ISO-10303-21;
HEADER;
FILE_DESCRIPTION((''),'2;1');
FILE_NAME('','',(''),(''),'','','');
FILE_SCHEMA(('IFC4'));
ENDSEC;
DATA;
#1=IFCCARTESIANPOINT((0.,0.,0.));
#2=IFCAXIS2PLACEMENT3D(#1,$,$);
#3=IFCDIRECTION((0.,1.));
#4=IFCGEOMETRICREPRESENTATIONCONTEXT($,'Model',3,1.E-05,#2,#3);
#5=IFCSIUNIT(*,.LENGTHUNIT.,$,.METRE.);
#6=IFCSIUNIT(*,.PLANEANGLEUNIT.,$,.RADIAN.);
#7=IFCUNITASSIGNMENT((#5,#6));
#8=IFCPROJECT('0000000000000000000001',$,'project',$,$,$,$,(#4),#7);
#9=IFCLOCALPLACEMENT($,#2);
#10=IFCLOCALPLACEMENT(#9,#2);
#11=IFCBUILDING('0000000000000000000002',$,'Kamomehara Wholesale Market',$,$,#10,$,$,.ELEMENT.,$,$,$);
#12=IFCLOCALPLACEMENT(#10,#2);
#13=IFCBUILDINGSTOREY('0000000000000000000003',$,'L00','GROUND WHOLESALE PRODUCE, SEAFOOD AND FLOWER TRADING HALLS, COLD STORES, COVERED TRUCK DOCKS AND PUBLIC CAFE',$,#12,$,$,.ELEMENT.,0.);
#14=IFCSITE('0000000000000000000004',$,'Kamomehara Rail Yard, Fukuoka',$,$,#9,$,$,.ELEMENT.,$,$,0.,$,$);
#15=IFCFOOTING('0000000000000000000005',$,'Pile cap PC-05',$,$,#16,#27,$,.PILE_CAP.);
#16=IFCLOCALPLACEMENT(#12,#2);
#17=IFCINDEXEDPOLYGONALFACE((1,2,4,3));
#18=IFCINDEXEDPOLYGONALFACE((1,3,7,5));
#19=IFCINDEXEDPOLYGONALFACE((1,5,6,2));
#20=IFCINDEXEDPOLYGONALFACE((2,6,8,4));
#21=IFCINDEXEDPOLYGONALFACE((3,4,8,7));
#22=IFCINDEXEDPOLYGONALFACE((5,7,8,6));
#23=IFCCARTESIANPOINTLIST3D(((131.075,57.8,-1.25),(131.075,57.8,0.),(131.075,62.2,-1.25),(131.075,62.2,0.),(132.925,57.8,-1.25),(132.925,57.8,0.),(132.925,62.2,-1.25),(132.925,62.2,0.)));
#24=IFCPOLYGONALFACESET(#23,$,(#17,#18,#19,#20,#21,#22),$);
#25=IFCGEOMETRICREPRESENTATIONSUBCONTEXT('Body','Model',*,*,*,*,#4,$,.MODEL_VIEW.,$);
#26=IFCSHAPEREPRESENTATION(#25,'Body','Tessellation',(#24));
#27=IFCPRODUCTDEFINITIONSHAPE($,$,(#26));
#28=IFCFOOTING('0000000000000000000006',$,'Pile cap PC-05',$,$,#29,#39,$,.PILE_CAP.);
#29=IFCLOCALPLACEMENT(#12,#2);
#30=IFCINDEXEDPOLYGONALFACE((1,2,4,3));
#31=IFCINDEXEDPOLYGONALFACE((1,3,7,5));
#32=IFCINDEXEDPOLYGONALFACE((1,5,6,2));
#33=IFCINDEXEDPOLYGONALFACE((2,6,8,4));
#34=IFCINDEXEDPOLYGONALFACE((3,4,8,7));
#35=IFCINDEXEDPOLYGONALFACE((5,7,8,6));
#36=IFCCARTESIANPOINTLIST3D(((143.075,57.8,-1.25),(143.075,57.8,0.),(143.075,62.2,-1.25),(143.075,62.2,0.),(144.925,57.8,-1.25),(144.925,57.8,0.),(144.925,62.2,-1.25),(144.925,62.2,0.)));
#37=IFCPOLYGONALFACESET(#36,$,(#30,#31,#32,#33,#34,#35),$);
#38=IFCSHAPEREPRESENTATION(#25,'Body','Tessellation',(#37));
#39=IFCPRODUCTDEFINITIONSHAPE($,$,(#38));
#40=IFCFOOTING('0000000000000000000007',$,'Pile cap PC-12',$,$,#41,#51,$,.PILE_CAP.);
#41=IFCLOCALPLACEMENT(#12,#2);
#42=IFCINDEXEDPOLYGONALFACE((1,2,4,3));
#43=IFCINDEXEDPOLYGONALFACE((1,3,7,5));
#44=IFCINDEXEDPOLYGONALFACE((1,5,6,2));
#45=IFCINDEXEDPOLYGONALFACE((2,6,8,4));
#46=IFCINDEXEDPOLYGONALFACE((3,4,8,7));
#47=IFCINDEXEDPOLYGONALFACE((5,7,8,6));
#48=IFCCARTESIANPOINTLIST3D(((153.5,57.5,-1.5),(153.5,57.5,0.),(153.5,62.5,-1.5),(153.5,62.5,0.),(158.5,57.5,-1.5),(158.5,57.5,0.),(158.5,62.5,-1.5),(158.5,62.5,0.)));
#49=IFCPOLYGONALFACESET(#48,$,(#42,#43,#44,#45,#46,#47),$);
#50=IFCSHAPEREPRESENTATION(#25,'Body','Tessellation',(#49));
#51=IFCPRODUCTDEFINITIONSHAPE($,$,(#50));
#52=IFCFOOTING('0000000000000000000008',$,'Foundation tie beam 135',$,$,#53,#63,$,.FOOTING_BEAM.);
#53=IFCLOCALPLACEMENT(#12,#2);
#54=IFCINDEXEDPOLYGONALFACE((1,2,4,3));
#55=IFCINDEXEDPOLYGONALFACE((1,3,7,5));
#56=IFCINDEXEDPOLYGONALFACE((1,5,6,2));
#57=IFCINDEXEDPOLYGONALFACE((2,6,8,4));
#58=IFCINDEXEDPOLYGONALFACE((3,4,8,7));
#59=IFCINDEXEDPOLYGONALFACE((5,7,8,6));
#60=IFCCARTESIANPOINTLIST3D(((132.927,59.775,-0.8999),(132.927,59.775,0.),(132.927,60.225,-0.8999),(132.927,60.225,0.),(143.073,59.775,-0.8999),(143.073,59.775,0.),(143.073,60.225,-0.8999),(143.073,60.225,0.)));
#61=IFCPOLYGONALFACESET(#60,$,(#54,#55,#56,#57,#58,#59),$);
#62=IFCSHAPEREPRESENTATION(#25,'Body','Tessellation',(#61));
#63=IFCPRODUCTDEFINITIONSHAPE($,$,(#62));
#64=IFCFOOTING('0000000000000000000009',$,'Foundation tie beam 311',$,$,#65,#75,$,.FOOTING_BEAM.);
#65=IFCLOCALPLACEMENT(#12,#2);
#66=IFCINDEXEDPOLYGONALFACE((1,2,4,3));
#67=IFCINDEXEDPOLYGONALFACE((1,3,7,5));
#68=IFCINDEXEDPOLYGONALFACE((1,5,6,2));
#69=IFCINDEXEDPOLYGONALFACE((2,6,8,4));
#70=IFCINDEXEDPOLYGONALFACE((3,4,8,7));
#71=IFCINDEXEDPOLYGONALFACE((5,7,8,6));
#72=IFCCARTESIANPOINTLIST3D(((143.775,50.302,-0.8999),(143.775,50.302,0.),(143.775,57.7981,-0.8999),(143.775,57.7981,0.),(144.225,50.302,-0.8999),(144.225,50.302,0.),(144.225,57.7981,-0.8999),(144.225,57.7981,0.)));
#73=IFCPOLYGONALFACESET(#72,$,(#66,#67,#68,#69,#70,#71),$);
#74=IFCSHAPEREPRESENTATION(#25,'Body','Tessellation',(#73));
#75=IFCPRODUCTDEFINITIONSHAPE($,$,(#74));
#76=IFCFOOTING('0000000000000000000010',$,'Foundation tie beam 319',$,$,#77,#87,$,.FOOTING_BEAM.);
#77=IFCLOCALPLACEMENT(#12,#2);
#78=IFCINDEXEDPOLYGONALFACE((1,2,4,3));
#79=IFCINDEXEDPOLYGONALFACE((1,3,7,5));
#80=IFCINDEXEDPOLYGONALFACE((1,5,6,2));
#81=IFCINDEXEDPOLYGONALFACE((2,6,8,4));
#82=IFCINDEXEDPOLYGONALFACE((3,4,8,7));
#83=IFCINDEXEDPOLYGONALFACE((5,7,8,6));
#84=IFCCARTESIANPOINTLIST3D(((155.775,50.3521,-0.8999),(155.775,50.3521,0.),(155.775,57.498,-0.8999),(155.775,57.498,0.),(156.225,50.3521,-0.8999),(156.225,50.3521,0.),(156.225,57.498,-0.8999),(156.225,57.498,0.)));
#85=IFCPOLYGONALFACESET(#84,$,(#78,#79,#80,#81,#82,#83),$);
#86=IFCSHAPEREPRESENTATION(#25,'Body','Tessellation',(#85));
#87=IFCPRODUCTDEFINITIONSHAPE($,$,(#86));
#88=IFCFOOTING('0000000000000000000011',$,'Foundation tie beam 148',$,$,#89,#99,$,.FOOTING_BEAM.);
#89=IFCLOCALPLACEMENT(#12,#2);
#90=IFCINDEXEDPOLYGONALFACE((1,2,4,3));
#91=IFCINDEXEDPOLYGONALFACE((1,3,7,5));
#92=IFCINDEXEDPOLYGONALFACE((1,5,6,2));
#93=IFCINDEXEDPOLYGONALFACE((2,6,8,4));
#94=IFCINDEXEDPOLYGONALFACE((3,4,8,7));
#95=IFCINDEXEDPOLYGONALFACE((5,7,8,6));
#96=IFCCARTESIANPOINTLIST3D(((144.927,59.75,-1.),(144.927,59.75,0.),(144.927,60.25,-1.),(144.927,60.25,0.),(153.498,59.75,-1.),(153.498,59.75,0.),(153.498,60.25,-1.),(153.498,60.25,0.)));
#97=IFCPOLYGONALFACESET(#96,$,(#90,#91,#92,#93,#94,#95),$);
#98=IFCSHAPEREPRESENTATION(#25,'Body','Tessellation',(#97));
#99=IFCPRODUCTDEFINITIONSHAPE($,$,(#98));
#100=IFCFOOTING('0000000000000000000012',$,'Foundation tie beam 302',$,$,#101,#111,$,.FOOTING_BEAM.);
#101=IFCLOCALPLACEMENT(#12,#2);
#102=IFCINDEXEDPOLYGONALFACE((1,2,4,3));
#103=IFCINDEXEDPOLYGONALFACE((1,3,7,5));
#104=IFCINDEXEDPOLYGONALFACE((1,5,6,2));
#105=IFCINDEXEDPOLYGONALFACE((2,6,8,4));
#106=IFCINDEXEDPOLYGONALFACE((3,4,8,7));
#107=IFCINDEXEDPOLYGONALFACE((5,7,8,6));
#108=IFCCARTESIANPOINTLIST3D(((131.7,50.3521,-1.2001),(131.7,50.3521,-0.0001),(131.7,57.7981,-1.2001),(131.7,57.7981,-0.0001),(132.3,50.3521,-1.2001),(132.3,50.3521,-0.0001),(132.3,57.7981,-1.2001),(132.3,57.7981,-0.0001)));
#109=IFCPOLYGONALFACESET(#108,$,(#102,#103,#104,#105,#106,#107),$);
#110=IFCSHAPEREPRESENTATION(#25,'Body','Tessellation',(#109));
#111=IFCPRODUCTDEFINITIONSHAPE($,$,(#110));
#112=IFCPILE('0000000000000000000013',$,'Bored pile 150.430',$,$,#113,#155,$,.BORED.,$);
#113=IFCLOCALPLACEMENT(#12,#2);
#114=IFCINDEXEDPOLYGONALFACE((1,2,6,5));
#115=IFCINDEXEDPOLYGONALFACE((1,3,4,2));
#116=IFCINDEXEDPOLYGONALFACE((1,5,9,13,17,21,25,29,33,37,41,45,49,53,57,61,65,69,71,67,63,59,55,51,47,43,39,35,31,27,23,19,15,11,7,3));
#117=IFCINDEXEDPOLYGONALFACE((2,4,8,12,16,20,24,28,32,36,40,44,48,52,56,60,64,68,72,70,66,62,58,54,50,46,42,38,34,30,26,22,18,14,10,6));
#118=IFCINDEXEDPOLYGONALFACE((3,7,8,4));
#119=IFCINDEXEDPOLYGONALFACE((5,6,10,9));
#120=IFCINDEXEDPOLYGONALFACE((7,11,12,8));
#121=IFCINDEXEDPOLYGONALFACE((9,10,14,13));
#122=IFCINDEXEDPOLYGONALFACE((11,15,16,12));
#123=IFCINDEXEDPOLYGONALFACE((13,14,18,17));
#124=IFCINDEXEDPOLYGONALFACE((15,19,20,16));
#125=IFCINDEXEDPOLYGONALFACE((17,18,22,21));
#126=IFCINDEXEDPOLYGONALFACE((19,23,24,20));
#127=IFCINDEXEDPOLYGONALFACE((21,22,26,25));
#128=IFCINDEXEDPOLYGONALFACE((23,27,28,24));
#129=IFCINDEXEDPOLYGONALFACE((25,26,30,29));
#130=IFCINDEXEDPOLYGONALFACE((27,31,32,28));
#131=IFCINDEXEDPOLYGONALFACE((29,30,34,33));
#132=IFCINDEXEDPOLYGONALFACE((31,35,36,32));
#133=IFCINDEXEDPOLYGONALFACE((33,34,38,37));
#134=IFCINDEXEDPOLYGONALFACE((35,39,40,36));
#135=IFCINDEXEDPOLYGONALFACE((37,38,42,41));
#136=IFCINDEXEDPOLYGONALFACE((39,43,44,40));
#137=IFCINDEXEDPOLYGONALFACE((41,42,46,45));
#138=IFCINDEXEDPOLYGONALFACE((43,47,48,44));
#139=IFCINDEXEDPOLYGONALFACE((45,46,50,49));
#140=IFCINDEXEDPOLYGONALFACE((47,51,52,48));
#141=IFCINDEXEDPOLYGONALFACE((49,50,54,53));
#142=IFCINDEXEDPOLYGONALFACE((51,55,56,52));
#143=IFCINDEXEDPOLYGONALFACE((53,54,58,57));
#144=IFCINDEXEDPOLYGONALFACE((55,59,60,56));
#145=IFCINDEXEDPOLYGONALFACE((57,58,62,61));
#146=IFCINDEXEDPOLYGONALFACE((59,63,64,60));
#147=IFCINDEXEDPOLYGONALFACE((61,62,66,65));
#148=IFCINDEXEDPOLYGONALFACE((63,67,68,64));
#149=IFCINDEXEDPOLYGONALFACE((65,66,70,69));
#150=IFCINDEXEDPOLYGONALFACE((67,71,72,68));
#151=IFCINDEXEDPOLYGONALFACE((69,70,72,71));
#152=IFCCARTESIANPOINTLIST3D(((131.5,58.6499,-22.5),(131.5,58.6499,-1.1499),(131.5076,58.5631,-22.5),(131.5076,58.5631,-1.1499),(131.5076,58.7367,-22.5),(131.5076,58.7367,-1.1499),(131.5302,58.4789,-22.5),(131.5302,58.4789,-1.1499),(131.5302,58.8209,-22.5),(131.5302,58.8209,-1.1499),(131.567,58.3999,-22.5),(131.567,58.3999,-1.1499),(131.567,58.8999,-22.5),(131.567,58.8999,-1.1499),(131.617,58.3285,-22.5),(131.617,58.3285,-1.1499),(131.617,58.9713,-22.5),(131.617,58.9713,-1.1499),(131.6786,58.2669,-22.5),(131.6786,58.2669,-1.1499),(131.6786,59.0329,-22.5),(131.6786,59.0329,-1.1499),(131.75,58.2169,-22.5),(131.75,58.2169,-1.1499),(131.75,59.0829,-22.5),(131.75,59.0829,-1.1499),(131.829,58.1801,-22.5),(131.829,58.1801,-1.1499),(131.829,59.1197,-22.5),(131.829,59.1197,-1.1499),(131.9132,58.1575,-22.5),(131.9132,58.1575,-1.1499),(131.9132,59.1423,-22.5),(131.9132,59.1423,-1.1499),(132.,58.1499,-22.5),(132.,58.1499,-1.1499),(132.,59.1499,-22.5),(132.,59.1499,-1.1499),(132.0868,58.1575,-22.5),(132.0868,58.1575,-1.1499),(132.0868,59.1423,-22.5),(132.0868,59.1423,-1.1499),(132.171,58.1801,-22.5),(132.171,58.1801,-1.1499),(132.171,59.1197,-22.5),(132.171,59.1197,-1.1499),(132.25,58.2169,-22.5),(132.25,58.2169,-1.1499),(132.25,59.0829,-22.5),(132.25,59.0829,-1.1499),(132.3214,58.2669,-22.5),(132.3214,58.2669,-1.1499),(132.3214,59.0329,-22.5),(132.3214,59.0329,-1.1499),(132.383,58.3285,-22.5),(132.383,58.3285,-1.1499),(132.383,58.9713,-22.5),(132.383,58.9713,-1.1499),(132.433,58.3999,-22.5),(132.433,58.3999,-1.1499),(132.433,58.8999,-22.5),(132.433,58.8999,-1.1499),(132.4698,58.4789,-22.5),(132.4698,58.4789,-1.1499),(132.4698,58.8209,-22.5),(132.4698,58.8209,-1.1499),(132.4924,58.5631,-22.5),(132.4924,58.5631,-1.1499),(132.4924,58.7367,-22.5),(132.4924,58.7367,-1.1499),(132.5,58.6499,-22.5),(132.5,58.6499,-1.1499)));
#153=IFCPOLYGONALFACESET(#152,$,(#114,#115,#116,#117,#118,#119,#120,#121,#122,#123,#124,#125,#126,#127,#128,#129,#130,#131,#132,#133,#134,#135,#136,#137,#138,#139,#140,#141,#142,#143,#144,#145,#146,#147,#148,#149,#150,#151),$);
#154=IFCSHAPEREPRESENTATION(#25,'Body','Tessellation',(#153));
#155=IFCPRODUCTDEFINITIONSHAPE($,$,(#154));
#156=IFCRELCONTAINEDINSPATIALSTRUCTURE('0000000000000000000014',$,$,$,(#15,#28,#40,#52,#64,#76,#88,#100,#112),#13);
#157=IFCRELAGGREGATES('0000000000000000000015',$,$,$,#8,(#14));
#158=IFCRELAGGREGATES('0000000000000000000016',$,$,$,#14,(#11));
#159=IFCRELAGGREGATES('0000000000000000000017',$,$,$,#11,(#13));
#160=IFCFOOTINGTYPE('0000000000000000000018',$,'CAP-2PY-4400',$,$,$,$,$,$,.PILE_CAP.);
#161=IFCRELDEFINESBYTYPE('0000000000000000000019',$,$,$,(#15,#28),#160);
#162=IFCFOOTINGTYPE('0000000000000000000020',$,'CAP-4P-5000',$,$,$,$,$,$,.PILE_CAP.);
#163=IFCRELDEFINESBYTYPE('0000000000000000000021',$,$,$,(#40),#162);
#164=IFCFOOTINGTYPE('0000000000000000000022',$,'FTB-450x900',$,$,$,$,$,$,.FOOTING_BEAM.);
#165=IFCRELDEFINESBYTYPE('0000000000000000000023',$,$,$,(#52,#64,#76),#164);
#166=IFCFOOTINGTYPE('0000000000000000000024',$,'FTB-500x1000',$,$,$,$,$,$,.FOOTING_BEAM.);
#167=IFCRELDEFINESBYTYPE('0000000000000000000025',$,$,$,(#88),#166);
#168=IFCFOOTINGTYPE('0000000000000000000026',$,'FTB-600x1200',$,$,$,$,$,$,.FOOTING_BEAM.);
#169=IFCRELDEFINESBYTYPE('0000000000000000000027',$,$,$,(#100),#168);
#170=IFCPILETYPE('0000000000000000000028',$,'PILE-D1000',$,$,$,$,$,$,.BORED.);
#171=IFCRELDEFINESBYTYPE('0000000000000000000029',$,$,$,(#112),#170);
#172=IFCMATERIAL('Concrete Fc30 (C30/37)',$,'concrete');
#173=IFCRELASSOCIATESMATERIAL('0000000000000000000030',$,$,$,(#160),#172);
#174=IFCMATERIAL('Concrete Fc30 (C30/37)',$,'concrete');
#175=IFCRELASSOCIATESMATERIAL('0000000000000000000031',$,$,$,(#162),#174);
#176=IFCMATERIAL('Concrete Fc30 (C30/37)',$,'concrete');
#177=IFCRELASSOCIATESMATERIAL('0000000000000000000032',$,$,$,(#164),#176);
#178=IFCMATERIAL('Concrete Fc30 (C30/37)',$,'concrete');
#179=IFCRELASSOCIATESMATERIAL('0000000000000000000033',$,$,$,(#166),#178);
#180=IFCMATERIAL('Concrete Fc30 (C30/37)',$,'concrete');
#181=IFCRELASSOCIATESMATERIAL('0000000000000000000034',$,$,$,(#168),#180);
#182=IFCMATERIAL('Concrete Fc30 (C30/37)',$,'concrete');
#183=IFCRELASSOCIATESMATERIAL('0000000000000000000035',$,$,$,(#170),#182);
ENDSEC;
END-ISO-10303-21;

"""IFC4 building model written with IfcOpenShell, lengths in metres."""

from ifc_helpers import new_model, si_unit, direction, frame, origin, origin_2d, place, context, subcontext, project, spatial, rectangle, circle, extrude, material, material_profile, profile_set, type_object, element, save


model = new_model("IFC4")

# Units and contexts
model_context = context("Model", 3, precision=1e-05, world=origin(), true_north=direction((0.0, 1.0)))
body_context = subcontext(model_context, "Body", "Model", "MODEL_VIEW")
ifc_project = project(units=[si_unit("LENGTHUNIT", "METRE"), si_unit("PLANEANGLEUNIT", "RADIAN")], contexts=[model_context])

# Site, building, storey
site_placement = place(None, origin())
site = spatial("IfcSite", under=ifc_project, at=site_placement, Name="Kamomehara Rail Yard, Fukuoka", CompositionType="ELEMENT", RefElevation=0.0)
building_placement = place(site_placement, origin())
building = spatial("IfcBuilding", under=site, at=building_placement, Name="Kamomehara Wholesale Market", CompositionType="ELEMENT")
storey_placement = place(building_placement, origin())
storey = spatial("IfcBuildingStorey", under=building, at=storey_placement, Name="L00", Description="GROUND WHOLESALE PRODUCE, SEAFOOD AND FLOWER TRADING HALLS, COLD STORES, COVERED TRUCK DOCKS AND PUBLIC CAFE", CompositionType="ELEMENT", Elevation=0.0)

# Footings
ifc_material_1 = material(Name="Concrete Fc30 (C30/37)", Category="concrete")
footing_type_1 = type_object("IfcFootingType", Name="CAP-2PY-4400", PredefinedType="PILE_CAP", material=ifc_material_1)
for number, where, z_axis, x_axis, name in (
    (1, (132.0, 60.0, -1.25), (0.0, 0.0, 1.0), (1.0, 0.0, 0.0), "Pile cap PC-05"),
    (2, (144.0, 60.0, -1.25), (0.0, 0.0, 1.0), (1.0, 0.0, 0.0), "Pile cap PC-05"),
):
    element("IfcFooting", number, at=place(storey_placement, frame(where, z_axis=z_axis, x_axis=x_axis)), inside=storey, type_object=footing_type_1, Name=name, PredefinedType="PILE_CAP", context=body_context, shape_type="SweptSolid", body=[
        extrude(rectangle(XDim=1.8501, YDim=4.3999, at=origin_2d()), origin(), (0.0, 0.0, 1.0), 1.25),
    ])
ifc_material_2 = material(Name="Concrete Fc30 (C30/37)", Category="concrete")
footing_type_2 = type_object("IfcFootingType", Name="CAP-4P-5000", PredefinedType="PILE_CAP", material=ifc_material_2)
footing_1_placement = place(storey_placement, frame((156.0, 60.0, -1.5), z_axis=(0.0, 0.0, 1.0), x_axis=(1.0, 0.0, 0.0)))
element("IfcFooting", 3, at=footing_1_placement, inside=storey, type_object=footing_type_2, Name="Pile cap PC-12", PredefinedType="PILE_CAP", context=body_context, shape_type="SweptSolid", body=[
    extrude(rectangle(XDim=5.0, YDim=5.0, at=origin_2d()), origin(), (0.0, 0.0, 1.0), 1.5),
])
ifc_material_3 = material(Name="Concrete Fc30 (C30/37)", Category="concrete")
ifc_material_profile_1 = material_profile(ifc_material_3, rectangle(XDim=0.45, YDim=0.8999, at=origin_2d()), Name="RC-FTB-450x900")
ifc_profile_set_1 = profile_set([ifc_material_profile_1], Name="Concrete Fc30 (C30/37)")
footing_type_3 = type_object("IfcFootingType", Name="FTB-450x900", PredefinedType="FOOTING_BEAM", material=ifc_profile_set_1)
footing_2_placement = place(storey_placement, frame((132.927, 60.0, -0.45), z_axis=(1.0, 0.0, 0.0), x_axis=(0.0, 1.0, 0.0)))
element("IfcFooting", 4, at=footing_2_placement, inside=storey, type_object=footing_type_3, Name="Foundation tie beam 135", PredefinedType="FOOTING_BEAM", context=body_context, shape_type="SweptSolid", body=[
    extrude(rectangle(XDim=0.45, YDim=0.8999, at=origin_2d()), origin(), (0.0, 0.0, 1.0), 10.146),
])
footing_3_placement = place(storey_placement, frame((144.0, 50.302, -0.45), z_axis=(0.0, 1.0, 0.0), x_axis=(-1.0, 0.0, 0.0)))
element("IfcFooting", 5, at=footing_3_placement, inside=storey, type_object=footing_type_3, Name="Foundation tie beam 311", PredefinedType="FOOTING_BEAM", context=body_context, shape_type="SweptSolid", body=[
    extrude(rectangle(XDim=0.45, YDim=0.8999, at=origin_2d()), origin(), (0.0, 0.0, 1.0), 7.4961),
])
footing_4_placement = place(storey_placement, frame((156.0, 50.3521, -0.45), z_axis=(0.0, 1.0, 0.0), x_axis=(-1.0, 0.0, 0.0)))
element("IfcFooting", 6, at=footing_4_placement, inside=storey, type_object=footing_type_3, Name="Foundation tie beam 319", PredefinedType="FOOTING_BEAM", context=body_context, shape_type="SweptSolid", body=[
    extrude(rectangle(XDim=0.45, YDim=0.8999, at=origin_2d()), origin(), (0.0, 0.0, 1.0), 7.146),
])
ifc_material_4 = material(Name="Concrete Fc30 (C30/37)", Category="concrete")
ifc_material_profile_2 = material_profile(ifc_material_4, rectangle(XDim=0.5, YDim=1.0, at=origin_2d()), Name="RC-FTB-500x1000")
ifc_profile_set_2 = profile_set([ifc_material_profile_2], Name="Concrete Fc30 (C30/37)")
footing_type_4 = type_object("IfcFootingType", Name="FTB-500x1000", PredefinedType="FOOTING_BEAM", material=ifc_profile_set_2)
footing_5_placement = place(storey_placement, frame((144.927, 60.0, -0.5), z_axis=(1.0, 0.0, 0.0), x_axis=(0.0, 1.0, 0.0)))
element("IfcFooting", 7, at=footing_5_placement, inside=storey, type_object=footing_type_4, Name="Foundation tie beam 148", PredefinedType="FOOTING_BEAM", context=body_context, shape_type="SweptSolid", body=[
    extrude(rectangle(XDim=0.5, YDim=1.0, at=origin_2d()), origin(), (0.0, 0.0, 1.0), 8.571),
])
ifc_material_5 = material(Name="Concrete Fc30 (C30/37)", Category="concrete")
ifc_material_profile_3 = material_profile(ifc_material_5, rectangle(XDim=0.6001, YDim=1.2, at=origin_2d()), Name="RC-FTB-600x1200")
ifc_profile_set_3 = profile_set([ifc_material_profile_3], Name="Concrete Fc30 (C30/37)")
footing_type_5 = type_object("IfcFootingType", Name="FTB-600x1200", PredefinedType="FOOTING_BEAM", material=ifc_profile_set_3)
footing_6_placement = place(storey_placement, frame((132.0, 50.3521, -0.6001), z_axis=(0.0, 1.0, 0.0), x_axis=(-1.0, 0.0, 0.0)))
element("IfcFooting", 8, at=footing_6_placement, inside=storey, type_object=footing_type_5, Name="Foundation tie beam 302", PredefinedType="FOOTING_BEAM", context=body_context, shape_type="SweptSolid", body=[
    extrude(rectangle(XDim=0.6001, YDim=1.2, at=origin_2d()), origin(), (0.0, 0.0, 1.0), 7.446),
])

# Pile
ifc_material_6 = material(Name="Concrete Fc30 (C30/37)", Category="concrete")
ifc_material_profile_4 = material_profile(ifc_material_6, circle(Radius=0.5, at=origin_2d()), Name="RC-PILE-D1000")
ifc_profile_set_4 = profile_set([ifc_material_profile_4], Name="Concrete Fc30 (C30/37)")
pile_type_1 = type_object("IfcPileType", Name="PILE-D1000", PredefinedType="BORED", material=ifc_profile_set_4)
for number, where, z_axis, x_axis, name in (
    (9, (132.0, 58.6499, -1.1499), (0.0, 0.0, -1.0), (1.0, 0.0, 0.0), "Bored pile 150.430"),
):
    element("IfcPile", number, at=place(storey_placement, frame(where, z_axis=z_axis, x_axis=x_axis)), inside=storey, type_object=pile_type_1, Name=name, PredefinedType="BORED", context=body_context, shape_type="SweptSolid", body=[
        extrude(circle(Radius=0.5, at=origin_2d()), origin(), (0.0, 0.0, 1.0), 21.3501),
    ])

save(model, "model.ifc")
